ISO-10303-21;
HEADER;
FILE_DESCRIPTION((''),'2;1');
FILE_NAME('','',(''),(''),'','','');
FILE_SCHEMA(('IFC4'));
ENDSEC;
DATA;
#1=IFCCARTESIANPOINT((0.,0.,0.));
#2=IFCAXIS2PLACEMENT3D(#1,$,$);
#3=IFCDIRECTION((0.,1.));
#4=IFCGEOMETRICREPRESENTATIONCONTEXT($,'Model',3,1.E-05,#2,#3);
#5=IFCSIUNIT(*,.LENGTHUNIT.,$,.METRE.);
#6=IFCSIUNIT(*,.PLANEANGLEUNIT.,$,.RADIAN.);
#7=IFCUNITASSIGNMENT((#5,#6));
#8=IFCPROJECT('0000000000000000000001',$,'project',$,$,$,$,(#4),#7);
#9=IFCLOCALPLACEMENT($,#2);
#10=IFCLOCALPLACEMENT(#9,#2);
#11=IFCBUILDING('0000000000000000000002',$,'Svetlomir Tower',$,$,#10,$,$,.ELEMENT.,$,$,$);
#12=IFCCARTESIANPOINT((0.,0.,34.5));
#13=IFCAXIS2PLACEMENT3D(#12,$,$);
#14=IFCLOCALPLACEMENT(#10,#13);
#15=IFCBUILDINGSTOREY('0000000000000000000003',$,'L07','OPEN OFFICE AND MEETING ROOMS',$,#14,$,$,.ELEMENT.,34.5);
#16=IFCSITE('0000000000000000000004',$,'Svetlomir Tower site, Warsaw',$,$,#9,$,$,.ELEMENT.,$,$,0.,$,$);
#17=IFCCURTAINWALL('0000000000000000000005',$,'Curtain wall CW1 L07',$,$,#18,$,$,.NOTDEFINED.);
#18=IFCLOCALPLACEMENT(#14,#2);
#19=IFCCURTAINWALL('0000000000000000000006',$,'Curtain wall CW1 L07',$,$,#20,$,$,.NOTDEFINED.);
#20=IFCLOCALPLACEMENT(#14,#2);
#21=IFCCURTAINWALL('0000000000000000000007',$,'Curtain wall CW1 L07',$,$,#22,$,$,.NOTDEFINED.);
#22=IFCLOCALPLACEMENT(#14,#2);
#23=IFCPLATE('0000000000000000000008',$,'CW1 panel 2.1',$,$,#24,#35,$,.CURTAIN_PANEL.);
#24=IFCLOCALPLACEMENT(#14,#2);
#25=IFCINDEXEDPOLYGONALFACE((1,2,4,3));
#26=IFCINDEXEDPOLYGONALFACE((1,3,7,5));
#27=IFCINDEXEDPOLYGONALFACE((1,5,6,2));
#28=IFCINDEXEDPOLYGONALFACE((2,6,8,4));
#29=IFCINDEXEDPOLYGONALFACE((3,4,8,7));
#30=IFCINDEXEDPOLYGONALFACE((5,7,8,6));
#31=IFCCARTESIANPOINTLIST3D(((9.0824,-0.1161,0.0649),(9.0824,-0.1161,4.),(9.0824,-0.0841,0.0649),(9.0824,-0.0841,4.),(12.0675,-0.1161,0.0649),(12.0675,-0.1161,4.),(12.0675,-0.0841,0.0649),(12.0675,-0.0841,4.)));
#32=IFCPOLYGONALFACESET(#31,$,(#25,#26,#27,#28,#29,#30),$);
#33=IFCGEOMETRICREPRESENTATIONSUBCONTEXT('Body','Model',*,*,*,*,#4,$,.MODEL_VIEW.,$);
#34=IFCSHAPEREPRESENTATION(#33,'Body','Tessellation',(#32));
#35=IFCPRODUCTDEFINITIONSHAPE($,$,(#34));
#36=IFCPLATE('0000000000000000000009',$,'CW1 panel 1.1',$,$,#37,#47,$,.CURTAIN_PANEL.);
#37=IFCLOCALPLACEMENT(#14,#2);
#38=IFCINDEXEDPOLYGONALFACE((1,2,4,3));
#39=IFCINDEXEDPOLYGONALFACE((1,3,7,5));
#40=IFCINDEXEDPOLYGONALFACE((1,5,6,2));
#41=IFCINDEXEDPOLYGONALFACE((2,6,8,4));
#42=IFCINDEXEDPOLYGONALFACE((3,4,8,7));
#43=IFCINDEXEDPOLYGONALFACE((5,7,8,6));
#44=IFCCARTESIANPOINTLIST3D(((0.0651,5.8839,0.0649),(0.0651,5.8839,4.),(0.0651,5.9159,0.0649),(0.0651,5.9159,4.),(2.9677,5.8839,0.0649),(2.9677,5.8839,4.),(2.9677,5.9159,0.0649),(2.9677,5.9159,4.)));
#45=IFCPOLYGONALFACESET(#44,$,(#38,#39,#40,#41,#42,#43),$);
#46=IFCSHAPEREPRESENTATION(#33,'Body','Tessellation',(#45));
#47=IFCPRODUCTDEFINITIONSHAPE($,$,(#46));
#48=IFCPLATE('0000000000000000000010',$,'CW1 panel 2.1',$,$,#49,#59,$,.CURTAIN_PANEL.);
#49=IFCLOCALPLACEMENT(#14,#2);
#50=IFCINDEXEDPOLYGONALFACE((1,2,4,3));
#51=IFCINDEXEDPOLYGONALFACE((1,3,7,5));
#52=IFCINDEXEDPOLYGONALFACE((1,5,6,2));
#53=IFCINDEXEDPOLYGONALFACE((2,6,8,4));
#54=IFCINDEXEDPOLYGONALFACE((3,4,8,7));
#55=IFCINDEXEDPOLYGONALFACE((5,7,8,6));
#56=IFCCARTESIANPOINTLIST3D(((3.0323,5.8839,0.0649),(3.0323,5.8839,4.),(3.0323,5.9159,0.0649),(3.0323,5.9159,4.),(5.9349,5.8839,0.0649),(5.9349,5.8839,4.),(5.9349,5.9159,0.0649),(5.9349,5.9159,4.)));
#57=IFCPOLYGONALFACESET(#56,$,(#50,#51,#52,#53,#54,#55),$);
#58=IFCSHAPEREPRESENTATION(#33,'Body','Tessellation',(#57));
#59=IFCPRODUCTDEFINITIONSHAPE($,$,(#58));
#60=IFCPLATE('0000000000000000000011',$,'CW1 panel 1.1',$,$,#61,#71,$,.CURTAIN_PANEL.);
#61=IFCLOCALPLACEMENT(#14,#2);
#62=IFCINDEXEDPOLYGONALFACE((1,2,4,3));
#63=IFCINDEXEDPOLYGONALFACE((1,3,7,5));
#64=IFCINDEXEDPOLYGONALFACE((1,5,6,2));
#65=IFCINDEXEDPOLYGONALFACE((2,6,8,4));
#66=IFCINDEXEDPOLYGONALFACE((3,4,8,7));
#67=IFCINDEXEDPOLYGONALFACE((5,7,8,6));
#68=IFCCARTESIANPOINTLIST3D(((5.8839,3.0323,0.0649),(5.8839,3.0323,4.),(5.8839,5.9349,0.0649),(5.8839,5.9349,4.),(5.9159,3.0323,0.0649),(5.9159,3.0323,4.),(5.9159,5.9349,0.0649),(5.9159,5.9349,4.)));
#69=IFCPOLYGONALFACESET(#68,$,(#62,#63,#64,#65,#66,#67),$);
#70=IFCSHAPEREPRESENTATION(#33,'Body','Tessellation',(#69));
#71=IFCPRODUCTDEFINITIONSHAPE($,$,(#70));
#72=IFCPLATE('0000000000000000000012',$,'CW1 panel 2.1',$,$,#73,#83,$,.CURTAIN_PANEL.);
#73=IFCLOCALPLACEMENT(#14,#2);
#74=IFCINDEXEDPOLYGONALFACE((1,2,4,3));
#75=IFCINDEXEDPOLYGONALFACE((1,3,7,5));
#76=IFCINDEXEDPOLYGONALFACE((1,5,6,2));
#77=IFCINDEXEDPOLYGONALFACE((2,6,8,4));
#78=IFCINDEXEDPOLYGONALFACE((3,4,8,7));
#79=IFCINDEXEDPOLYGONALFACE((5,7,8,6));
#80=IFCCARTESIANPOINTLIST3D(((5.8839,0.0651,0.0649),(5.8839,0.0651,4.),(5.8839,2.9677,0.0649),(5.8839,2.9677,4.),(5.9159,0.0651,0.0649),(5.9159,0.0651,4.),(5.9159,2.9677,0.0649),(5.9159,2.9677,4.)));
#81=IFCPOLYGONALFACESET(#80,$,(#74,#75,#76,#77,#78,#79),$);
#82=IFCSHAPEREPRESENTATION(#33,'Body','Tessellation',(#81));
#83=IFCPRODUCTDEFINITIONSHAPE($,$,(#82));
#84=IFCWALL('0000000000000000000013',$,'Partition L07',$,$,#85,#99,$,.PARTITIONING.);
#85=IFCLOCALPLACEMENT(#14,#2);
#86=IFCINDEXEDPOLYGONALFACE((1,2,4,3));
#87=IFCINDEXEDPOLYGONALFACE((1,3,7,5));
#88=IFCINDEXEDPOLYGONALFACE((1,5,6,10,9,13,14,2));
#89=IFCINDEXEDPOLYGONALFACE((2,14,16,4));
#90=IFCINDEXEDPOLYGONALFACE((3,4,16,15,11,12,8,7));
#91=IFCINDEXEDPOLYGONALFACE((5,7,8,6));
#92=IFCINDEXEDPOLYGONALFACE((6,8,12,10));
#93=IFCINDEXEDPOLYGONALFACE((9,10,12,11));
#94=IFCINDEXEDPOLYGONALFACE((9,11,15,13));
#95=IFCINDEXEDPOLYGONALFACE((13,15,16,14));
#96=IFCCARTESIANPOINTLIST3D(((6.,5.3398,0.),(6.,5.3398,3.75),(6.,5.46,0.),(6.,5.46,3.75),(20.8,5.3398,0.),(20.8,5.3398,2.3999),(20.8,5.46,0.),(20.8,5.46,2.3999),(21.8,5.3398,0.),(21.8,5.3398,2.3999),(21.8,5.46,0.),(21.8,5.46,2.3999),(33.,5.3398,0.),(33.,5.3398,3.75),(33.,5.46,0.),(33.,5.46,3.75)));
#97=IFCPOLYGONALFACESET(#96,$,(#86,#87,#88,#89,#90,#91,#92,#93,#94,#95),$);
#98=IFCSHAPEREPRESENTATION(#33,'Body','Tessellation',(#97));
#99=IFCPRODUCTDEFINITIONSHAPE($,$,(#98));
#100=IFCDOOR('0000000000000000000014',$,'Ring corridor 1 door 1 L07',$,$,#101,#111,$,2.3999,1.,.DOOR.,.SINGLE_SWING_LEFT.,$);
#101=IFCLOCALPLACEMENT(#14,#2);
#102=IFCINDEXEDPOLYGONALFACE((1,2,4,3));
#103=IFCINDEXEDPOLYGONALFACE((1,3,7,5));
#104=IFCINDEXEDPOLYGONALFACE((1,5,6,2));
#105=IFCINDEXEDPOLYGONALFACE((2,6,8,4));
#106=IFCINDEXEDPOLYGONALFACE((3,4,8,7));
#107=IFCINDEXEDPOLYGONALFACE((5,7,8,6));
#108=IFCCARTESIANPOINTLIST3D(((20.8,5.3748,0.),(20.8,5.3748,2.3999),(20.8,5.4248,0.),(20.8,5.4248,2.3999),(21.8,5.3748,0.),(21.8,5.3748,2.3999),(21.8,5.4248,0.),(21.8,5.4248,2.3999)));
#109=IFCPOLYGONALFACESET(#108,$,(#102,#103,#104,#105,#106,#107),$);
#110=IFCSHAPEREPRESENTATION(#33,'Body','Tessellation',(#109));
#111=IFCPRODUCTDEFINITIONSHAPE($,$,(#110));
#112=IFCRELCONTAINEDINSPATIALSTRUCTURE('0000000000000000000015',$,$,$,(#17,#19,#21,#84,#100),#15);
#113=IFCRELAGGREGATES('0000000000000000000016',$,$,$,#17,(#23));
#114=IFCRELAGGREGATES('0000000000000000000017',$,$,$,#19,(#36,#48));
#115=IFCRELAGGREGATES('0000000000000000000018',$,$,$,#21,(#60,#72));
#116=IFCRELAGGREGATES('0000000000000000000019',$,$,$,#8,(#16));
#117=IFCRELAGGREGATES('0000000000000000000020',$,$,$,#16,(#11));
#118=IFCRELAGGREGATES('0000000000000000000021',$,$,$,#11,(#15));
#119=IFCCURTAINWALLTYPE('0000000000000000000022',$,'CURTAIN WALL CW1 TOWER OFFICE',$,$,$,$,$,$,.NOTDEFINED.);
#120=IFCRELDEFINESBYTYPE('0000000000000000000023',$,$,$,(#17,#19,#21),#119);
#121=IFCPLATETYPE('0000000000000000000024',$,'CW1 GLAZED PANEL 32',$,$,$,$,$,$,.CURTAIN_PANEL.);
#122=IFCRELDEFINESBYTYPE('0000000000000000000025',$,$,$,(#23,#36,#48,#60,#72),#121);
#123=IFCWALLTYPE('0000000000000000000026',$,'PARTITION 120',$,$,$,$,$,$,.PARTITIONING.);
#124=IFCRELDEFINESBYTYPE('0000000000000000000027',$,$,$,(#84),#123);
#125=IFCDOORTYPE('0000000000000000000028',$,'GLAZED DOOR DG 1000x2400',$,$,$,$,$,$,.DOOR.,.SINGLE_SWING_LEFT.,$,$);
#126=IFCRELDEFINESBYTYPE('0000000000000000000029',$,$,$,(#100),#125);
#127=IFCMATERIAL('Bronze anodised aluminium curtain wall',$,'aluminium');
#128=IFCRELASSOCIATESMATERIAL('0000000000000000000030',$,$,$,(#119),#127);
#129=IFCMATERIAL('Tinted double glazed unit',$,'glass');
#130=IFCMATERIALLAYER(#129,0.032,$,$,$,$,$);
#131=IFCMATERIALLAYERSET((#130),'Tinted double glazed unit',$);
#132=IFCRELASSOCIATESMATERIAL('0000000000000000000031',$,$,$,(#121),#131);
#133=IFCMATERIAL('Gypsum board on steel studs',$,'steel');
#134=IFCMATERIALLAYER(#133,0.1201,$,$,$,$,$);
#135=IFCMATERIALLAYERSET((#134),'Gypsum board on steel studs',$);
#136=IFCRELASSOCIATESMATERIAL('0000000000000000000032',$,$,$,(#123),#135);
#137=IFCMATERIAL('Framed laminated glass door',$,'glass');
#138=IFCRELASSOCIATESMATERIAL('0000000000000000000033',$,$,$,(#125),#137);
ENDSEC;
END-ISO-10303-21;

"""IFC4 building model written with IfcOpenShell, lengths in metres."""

from ifc_helpers import new_model, si_unit, direction, frame, frame_2d, origin, origin_2d, place, context, subcontext, project, spatial, rectangle, extrude, material, layer, layer_set, type_object, element, fill, aggregate, save


model = new_model("IFC4")

# Units and contexts
model_context = context("Model", 3, precision=1e-05, world=origin(), true_north=direction((0.0, 1.0)))
body_context = subcontext(model_context, "Body", "Model", "MODEL_VIEW")
ifc_project = project(units=[si_unit("LENGTHUNIT", "METRE"), si_unit("PLANEANGLEUNIT", "RADIAN")], contexts=[model_context])

# Site, building, storey
site_placement = place(None, origin())
site = spatial("IfcSite", under=ifc_project, at=site_placement, Name="Svetlomir Tower site, Warsaw", CompositionType="ELEMENT", RefElevation=0.0)
building_placement = place(site_placement, origin())
building = spatial("IfcBuilding", under=site, at=building_placement, Name="Svetlomir Tower", CompositionType="ELEMENT")
storey_placement = place(building_placement, frame((0.0, 0.0, 34.5)))
storey = spatial("IfcBuildingStorey", under=building, at=storey_placement, Name="L07", Description="OPEN OFFICE AND MEETING ROOMS", CompositionType="ELEMENT", Elevation=34.5)

# Curtain walls
ifc_material_1 = material(Name="Bronze anodised aluminium curtain wall", Category="aluminium")
curtain_wall_type = type_object("IfcCurtainWallType", Name="CURTAIN WALL CW1 TOWER OFFICE", PredefinedType="NOTDEFINED", material=ifc_material_1)
curtain_wall_1_placement = place(storey_placement, origin())
curtain_wall_1 = element("IfcCurtainWall", 1, at=curtain_wall_1_placement, inside=storey, type_object=curtain_wall_type, Name="Curtain wall CW1 L07", PredefinedType="NOTDEFINED")
curtain_wall_2_placement = place(storey_placement, origin())
curtain_wall_2 = element("IfcCurtainWall", 2, at=curtain_wall_2_placement, inside=storey, type_object=curtain_wall_type, Name="Curtain wall CW1 L07", PredefinedType="NOTDEFINED")
curtain_wall_3_placement = place(storey_placement, origin())
curtain_wall_3 = element("IfcCurtainWall", 3, at=curtain_wall_3_placement, inside=storey, type_object=curtain_wall_type, Name="Curtain wall CW1 L07", PredefinedType="NOTDEFINED")

# Plates
ifc_material_2 = material(Name="Tinted double glazed unit", Category="glass")
ifc_layer_1 = layer(ifc_material_2, 0.032)
ifc_layer_set_1 = layer_set([ifc_layer_1], Name="Tinted double glazed unit")
plate_type = type_object("IfcPlateType", Name="CW1 GLAZED PANEL 32", PredefinedType="CURTAIN_PANEL", material=ifc_layer_set_1)
plate_1_placement = place(storey_placement, frame((10.575, -0.1001, 0.0649), z_axis=(0.0, 0.0, 1.0), x_axis=(1.0, 0.0, 0.0)))
plate_1 = element("IfcPlate", 4, at=plate_1_placement, type_object=plate_type, Name="CW1 panel 2.1", PredefinedType="CURTAIN_PANEL", context=body_context, shape_type="SweptSolid", body=[
    extrude(rectangle(XDim=2.9851, YDim=0.032, at=origin_2d()), origin(), (0.0, 0.0, 1.0), 3.9351),
])
aggregate(curtain_wall_1, [plate_1])
plate_2_placement = place(storey_placement, frame((1.5164, 5.8999, 0.0649), z_axis=(0.0, 0.0, 1.0), x_axis=(1.0, 0.0, 0.0)))
plate_2 = element("IfcPlate", 5, at=plate_2_placement, type_object=plate_type, Name="CW1 panel 1.1", PredefinedType="CURTAIN_PANEL", context=body_context, shape_type="SweptSolid", body=[
    extrude(rectangle(XDim=2.9026, YDim=0.032, at=origin_2d()), origin(), (0.0, 0.0, 1.0), 3.9351),
])
plate_3_placement = place(storey_placement, frame((4.4836, 5.8999, 0.0649), z_axis=(0.0, 0.0, 1.0), x_axis=(1.0, 0.0, 0.0)))
plate_3 = element("IfcPlate", 6, at=plate_3_placement, type_object=plate_type, Name="CW1 panel 2.1", PredefinedType="CURTAIN_PANEL", context=body_context, shape_type="SweptSolid", body=[
    extrude(rectangle(XDim=2.9026, YDim=0.032, at=origin_2d()), origin(), (0.0, 0.0, 1.0), 3.9351),
])
aggregate(curtain_wall_2, [plate_2, plate_3])
plate_4_placement = place(storey_placement, frame((5.8999, 4.4836, 0.0649), z_axis=(0.0, 0.0, 1.0), x_axis=(0.0, -1.0, 0.0)))
plate_4 = element("IfcPlate", 7, at=plate_4_placement, type_object=plate_type, Name="CW1 panel 1.1", PredefinedType="CURTAIN_PANEL", context=body_context, shape_type="SweptSolid", body=[
    extrude(rectangle(XDim=2.9026, YDim=0.032, at=origin_2d()), origin(), (0.0, 0.0, 1.0), 3.9351),
])
plate_5_placement = place(storey_placement, frame((5.8999, 1.5164, 0.0649), z_axis=(0.0, 0.0, 1.0), x_axis=(0.0, -1.0, 0.0)))
plate_5 = element("IfcPlate", 8, at=plate_5_placement, type_object=plate_type, Name="CW1 panel 2.1", PredefinedType="CURTAIN_PANEL", context=body_context, shape_type="SweptSolid", body=[
    extrude(rectangle(XDim=2.9026, YDim=0.032, at=origin_2d()), origin(), (0.0, 0.0, 1.0), 3.9351),
])
aggregate(curtain_wall_3, [plate_4, plate_5])

# Wall, opening, door
ifc_material_3 = material(Name="Gypsum board on steel studs", Category="steel")
ifc_layer_2 = layer(ifc_material_3, 0.1201)
ifc_layer_set_2 = layer_set([ifc_layer_2], Name="Gypsum board on steel studs")
wall_type = type_object("IfcWallType", Name="PARTITION 120", PredefinedType="PARTITIONING", material=ifc_layer_set_2)
wall_placement = place(storey_placement, frame((6.0, 5.3999, 0.0), z_axis=(0.0, 0.0, 1.0), x_axis=(1.0, 0.0, 0.0)))
wall = element("IfcWall", 9, at=wall_placement, inside=storey, type_object=wall_type, Name="Partition L07", PredefinedType="PARTITIONING", context=body_context, shape_type="SweptSolid", body=[
    extrude(rectangle(XDim=27.0, YDim=0.1201, at=frame_2d((13.5, 0.0))), origin(), (0.0, 0.0, 1.0), 3.75),
])
opening_placement = place(wall_placement, frame((14.8, 0.0, 0.0)))
opening = element("IfcOpeningElement", 10, at=opening_placement, cuts=wall, PredefinedType="OPENING", context=body_context, shape_type="SweptSolid", body=[
    extrude(rectangle(XDim=1.0, YDim=2.3999, at=frame_2d((0.5, 1.2))), frame((0.0, 0.0701, 0.0), z_axis=(0.0, -1.0, 0.0), x_axis=(1.0, 0.0, 0.0)), (0.0, 0.0, 1.0), 0.1401),
])
ifc_material_4 = material(Name="Framed laminated glass door", Category="glass")
door_type = type_object("IfcDoorType", Name="GLAZED DOOR DG 1000x2400", OperationType="SINGLE_SWING_LEFT", PredefinedType="DOOR", material=ifc_material_4)
door_placement = place(opening_placement, origin())
door = element("IfcDoor", 11, at=door_placement, inside=storey, type_object=door_type, Name="Ring corridor 1 door 1 L07", OperationType="SINGLE_SWING_LEFT", OverallHeight=2.3999, OverallWidth=1.0, PredefinedType="DOOR", context=body_context, shape_type="SweptSolid", body=[
    extrude(rectangle(XDim=1.0, YDim=2.3999, at=frame_2d((0.5, 1.2))), frame((0.0, 0.0249, 0.0), z_axis=(0.0, -1.0, 0.0), x_axis=(1.0, 0.0, 0.0)), (0.0, 0.0, 1.0), 0.05),
])
fill(opening, door)

save(model, "model.ifc")
